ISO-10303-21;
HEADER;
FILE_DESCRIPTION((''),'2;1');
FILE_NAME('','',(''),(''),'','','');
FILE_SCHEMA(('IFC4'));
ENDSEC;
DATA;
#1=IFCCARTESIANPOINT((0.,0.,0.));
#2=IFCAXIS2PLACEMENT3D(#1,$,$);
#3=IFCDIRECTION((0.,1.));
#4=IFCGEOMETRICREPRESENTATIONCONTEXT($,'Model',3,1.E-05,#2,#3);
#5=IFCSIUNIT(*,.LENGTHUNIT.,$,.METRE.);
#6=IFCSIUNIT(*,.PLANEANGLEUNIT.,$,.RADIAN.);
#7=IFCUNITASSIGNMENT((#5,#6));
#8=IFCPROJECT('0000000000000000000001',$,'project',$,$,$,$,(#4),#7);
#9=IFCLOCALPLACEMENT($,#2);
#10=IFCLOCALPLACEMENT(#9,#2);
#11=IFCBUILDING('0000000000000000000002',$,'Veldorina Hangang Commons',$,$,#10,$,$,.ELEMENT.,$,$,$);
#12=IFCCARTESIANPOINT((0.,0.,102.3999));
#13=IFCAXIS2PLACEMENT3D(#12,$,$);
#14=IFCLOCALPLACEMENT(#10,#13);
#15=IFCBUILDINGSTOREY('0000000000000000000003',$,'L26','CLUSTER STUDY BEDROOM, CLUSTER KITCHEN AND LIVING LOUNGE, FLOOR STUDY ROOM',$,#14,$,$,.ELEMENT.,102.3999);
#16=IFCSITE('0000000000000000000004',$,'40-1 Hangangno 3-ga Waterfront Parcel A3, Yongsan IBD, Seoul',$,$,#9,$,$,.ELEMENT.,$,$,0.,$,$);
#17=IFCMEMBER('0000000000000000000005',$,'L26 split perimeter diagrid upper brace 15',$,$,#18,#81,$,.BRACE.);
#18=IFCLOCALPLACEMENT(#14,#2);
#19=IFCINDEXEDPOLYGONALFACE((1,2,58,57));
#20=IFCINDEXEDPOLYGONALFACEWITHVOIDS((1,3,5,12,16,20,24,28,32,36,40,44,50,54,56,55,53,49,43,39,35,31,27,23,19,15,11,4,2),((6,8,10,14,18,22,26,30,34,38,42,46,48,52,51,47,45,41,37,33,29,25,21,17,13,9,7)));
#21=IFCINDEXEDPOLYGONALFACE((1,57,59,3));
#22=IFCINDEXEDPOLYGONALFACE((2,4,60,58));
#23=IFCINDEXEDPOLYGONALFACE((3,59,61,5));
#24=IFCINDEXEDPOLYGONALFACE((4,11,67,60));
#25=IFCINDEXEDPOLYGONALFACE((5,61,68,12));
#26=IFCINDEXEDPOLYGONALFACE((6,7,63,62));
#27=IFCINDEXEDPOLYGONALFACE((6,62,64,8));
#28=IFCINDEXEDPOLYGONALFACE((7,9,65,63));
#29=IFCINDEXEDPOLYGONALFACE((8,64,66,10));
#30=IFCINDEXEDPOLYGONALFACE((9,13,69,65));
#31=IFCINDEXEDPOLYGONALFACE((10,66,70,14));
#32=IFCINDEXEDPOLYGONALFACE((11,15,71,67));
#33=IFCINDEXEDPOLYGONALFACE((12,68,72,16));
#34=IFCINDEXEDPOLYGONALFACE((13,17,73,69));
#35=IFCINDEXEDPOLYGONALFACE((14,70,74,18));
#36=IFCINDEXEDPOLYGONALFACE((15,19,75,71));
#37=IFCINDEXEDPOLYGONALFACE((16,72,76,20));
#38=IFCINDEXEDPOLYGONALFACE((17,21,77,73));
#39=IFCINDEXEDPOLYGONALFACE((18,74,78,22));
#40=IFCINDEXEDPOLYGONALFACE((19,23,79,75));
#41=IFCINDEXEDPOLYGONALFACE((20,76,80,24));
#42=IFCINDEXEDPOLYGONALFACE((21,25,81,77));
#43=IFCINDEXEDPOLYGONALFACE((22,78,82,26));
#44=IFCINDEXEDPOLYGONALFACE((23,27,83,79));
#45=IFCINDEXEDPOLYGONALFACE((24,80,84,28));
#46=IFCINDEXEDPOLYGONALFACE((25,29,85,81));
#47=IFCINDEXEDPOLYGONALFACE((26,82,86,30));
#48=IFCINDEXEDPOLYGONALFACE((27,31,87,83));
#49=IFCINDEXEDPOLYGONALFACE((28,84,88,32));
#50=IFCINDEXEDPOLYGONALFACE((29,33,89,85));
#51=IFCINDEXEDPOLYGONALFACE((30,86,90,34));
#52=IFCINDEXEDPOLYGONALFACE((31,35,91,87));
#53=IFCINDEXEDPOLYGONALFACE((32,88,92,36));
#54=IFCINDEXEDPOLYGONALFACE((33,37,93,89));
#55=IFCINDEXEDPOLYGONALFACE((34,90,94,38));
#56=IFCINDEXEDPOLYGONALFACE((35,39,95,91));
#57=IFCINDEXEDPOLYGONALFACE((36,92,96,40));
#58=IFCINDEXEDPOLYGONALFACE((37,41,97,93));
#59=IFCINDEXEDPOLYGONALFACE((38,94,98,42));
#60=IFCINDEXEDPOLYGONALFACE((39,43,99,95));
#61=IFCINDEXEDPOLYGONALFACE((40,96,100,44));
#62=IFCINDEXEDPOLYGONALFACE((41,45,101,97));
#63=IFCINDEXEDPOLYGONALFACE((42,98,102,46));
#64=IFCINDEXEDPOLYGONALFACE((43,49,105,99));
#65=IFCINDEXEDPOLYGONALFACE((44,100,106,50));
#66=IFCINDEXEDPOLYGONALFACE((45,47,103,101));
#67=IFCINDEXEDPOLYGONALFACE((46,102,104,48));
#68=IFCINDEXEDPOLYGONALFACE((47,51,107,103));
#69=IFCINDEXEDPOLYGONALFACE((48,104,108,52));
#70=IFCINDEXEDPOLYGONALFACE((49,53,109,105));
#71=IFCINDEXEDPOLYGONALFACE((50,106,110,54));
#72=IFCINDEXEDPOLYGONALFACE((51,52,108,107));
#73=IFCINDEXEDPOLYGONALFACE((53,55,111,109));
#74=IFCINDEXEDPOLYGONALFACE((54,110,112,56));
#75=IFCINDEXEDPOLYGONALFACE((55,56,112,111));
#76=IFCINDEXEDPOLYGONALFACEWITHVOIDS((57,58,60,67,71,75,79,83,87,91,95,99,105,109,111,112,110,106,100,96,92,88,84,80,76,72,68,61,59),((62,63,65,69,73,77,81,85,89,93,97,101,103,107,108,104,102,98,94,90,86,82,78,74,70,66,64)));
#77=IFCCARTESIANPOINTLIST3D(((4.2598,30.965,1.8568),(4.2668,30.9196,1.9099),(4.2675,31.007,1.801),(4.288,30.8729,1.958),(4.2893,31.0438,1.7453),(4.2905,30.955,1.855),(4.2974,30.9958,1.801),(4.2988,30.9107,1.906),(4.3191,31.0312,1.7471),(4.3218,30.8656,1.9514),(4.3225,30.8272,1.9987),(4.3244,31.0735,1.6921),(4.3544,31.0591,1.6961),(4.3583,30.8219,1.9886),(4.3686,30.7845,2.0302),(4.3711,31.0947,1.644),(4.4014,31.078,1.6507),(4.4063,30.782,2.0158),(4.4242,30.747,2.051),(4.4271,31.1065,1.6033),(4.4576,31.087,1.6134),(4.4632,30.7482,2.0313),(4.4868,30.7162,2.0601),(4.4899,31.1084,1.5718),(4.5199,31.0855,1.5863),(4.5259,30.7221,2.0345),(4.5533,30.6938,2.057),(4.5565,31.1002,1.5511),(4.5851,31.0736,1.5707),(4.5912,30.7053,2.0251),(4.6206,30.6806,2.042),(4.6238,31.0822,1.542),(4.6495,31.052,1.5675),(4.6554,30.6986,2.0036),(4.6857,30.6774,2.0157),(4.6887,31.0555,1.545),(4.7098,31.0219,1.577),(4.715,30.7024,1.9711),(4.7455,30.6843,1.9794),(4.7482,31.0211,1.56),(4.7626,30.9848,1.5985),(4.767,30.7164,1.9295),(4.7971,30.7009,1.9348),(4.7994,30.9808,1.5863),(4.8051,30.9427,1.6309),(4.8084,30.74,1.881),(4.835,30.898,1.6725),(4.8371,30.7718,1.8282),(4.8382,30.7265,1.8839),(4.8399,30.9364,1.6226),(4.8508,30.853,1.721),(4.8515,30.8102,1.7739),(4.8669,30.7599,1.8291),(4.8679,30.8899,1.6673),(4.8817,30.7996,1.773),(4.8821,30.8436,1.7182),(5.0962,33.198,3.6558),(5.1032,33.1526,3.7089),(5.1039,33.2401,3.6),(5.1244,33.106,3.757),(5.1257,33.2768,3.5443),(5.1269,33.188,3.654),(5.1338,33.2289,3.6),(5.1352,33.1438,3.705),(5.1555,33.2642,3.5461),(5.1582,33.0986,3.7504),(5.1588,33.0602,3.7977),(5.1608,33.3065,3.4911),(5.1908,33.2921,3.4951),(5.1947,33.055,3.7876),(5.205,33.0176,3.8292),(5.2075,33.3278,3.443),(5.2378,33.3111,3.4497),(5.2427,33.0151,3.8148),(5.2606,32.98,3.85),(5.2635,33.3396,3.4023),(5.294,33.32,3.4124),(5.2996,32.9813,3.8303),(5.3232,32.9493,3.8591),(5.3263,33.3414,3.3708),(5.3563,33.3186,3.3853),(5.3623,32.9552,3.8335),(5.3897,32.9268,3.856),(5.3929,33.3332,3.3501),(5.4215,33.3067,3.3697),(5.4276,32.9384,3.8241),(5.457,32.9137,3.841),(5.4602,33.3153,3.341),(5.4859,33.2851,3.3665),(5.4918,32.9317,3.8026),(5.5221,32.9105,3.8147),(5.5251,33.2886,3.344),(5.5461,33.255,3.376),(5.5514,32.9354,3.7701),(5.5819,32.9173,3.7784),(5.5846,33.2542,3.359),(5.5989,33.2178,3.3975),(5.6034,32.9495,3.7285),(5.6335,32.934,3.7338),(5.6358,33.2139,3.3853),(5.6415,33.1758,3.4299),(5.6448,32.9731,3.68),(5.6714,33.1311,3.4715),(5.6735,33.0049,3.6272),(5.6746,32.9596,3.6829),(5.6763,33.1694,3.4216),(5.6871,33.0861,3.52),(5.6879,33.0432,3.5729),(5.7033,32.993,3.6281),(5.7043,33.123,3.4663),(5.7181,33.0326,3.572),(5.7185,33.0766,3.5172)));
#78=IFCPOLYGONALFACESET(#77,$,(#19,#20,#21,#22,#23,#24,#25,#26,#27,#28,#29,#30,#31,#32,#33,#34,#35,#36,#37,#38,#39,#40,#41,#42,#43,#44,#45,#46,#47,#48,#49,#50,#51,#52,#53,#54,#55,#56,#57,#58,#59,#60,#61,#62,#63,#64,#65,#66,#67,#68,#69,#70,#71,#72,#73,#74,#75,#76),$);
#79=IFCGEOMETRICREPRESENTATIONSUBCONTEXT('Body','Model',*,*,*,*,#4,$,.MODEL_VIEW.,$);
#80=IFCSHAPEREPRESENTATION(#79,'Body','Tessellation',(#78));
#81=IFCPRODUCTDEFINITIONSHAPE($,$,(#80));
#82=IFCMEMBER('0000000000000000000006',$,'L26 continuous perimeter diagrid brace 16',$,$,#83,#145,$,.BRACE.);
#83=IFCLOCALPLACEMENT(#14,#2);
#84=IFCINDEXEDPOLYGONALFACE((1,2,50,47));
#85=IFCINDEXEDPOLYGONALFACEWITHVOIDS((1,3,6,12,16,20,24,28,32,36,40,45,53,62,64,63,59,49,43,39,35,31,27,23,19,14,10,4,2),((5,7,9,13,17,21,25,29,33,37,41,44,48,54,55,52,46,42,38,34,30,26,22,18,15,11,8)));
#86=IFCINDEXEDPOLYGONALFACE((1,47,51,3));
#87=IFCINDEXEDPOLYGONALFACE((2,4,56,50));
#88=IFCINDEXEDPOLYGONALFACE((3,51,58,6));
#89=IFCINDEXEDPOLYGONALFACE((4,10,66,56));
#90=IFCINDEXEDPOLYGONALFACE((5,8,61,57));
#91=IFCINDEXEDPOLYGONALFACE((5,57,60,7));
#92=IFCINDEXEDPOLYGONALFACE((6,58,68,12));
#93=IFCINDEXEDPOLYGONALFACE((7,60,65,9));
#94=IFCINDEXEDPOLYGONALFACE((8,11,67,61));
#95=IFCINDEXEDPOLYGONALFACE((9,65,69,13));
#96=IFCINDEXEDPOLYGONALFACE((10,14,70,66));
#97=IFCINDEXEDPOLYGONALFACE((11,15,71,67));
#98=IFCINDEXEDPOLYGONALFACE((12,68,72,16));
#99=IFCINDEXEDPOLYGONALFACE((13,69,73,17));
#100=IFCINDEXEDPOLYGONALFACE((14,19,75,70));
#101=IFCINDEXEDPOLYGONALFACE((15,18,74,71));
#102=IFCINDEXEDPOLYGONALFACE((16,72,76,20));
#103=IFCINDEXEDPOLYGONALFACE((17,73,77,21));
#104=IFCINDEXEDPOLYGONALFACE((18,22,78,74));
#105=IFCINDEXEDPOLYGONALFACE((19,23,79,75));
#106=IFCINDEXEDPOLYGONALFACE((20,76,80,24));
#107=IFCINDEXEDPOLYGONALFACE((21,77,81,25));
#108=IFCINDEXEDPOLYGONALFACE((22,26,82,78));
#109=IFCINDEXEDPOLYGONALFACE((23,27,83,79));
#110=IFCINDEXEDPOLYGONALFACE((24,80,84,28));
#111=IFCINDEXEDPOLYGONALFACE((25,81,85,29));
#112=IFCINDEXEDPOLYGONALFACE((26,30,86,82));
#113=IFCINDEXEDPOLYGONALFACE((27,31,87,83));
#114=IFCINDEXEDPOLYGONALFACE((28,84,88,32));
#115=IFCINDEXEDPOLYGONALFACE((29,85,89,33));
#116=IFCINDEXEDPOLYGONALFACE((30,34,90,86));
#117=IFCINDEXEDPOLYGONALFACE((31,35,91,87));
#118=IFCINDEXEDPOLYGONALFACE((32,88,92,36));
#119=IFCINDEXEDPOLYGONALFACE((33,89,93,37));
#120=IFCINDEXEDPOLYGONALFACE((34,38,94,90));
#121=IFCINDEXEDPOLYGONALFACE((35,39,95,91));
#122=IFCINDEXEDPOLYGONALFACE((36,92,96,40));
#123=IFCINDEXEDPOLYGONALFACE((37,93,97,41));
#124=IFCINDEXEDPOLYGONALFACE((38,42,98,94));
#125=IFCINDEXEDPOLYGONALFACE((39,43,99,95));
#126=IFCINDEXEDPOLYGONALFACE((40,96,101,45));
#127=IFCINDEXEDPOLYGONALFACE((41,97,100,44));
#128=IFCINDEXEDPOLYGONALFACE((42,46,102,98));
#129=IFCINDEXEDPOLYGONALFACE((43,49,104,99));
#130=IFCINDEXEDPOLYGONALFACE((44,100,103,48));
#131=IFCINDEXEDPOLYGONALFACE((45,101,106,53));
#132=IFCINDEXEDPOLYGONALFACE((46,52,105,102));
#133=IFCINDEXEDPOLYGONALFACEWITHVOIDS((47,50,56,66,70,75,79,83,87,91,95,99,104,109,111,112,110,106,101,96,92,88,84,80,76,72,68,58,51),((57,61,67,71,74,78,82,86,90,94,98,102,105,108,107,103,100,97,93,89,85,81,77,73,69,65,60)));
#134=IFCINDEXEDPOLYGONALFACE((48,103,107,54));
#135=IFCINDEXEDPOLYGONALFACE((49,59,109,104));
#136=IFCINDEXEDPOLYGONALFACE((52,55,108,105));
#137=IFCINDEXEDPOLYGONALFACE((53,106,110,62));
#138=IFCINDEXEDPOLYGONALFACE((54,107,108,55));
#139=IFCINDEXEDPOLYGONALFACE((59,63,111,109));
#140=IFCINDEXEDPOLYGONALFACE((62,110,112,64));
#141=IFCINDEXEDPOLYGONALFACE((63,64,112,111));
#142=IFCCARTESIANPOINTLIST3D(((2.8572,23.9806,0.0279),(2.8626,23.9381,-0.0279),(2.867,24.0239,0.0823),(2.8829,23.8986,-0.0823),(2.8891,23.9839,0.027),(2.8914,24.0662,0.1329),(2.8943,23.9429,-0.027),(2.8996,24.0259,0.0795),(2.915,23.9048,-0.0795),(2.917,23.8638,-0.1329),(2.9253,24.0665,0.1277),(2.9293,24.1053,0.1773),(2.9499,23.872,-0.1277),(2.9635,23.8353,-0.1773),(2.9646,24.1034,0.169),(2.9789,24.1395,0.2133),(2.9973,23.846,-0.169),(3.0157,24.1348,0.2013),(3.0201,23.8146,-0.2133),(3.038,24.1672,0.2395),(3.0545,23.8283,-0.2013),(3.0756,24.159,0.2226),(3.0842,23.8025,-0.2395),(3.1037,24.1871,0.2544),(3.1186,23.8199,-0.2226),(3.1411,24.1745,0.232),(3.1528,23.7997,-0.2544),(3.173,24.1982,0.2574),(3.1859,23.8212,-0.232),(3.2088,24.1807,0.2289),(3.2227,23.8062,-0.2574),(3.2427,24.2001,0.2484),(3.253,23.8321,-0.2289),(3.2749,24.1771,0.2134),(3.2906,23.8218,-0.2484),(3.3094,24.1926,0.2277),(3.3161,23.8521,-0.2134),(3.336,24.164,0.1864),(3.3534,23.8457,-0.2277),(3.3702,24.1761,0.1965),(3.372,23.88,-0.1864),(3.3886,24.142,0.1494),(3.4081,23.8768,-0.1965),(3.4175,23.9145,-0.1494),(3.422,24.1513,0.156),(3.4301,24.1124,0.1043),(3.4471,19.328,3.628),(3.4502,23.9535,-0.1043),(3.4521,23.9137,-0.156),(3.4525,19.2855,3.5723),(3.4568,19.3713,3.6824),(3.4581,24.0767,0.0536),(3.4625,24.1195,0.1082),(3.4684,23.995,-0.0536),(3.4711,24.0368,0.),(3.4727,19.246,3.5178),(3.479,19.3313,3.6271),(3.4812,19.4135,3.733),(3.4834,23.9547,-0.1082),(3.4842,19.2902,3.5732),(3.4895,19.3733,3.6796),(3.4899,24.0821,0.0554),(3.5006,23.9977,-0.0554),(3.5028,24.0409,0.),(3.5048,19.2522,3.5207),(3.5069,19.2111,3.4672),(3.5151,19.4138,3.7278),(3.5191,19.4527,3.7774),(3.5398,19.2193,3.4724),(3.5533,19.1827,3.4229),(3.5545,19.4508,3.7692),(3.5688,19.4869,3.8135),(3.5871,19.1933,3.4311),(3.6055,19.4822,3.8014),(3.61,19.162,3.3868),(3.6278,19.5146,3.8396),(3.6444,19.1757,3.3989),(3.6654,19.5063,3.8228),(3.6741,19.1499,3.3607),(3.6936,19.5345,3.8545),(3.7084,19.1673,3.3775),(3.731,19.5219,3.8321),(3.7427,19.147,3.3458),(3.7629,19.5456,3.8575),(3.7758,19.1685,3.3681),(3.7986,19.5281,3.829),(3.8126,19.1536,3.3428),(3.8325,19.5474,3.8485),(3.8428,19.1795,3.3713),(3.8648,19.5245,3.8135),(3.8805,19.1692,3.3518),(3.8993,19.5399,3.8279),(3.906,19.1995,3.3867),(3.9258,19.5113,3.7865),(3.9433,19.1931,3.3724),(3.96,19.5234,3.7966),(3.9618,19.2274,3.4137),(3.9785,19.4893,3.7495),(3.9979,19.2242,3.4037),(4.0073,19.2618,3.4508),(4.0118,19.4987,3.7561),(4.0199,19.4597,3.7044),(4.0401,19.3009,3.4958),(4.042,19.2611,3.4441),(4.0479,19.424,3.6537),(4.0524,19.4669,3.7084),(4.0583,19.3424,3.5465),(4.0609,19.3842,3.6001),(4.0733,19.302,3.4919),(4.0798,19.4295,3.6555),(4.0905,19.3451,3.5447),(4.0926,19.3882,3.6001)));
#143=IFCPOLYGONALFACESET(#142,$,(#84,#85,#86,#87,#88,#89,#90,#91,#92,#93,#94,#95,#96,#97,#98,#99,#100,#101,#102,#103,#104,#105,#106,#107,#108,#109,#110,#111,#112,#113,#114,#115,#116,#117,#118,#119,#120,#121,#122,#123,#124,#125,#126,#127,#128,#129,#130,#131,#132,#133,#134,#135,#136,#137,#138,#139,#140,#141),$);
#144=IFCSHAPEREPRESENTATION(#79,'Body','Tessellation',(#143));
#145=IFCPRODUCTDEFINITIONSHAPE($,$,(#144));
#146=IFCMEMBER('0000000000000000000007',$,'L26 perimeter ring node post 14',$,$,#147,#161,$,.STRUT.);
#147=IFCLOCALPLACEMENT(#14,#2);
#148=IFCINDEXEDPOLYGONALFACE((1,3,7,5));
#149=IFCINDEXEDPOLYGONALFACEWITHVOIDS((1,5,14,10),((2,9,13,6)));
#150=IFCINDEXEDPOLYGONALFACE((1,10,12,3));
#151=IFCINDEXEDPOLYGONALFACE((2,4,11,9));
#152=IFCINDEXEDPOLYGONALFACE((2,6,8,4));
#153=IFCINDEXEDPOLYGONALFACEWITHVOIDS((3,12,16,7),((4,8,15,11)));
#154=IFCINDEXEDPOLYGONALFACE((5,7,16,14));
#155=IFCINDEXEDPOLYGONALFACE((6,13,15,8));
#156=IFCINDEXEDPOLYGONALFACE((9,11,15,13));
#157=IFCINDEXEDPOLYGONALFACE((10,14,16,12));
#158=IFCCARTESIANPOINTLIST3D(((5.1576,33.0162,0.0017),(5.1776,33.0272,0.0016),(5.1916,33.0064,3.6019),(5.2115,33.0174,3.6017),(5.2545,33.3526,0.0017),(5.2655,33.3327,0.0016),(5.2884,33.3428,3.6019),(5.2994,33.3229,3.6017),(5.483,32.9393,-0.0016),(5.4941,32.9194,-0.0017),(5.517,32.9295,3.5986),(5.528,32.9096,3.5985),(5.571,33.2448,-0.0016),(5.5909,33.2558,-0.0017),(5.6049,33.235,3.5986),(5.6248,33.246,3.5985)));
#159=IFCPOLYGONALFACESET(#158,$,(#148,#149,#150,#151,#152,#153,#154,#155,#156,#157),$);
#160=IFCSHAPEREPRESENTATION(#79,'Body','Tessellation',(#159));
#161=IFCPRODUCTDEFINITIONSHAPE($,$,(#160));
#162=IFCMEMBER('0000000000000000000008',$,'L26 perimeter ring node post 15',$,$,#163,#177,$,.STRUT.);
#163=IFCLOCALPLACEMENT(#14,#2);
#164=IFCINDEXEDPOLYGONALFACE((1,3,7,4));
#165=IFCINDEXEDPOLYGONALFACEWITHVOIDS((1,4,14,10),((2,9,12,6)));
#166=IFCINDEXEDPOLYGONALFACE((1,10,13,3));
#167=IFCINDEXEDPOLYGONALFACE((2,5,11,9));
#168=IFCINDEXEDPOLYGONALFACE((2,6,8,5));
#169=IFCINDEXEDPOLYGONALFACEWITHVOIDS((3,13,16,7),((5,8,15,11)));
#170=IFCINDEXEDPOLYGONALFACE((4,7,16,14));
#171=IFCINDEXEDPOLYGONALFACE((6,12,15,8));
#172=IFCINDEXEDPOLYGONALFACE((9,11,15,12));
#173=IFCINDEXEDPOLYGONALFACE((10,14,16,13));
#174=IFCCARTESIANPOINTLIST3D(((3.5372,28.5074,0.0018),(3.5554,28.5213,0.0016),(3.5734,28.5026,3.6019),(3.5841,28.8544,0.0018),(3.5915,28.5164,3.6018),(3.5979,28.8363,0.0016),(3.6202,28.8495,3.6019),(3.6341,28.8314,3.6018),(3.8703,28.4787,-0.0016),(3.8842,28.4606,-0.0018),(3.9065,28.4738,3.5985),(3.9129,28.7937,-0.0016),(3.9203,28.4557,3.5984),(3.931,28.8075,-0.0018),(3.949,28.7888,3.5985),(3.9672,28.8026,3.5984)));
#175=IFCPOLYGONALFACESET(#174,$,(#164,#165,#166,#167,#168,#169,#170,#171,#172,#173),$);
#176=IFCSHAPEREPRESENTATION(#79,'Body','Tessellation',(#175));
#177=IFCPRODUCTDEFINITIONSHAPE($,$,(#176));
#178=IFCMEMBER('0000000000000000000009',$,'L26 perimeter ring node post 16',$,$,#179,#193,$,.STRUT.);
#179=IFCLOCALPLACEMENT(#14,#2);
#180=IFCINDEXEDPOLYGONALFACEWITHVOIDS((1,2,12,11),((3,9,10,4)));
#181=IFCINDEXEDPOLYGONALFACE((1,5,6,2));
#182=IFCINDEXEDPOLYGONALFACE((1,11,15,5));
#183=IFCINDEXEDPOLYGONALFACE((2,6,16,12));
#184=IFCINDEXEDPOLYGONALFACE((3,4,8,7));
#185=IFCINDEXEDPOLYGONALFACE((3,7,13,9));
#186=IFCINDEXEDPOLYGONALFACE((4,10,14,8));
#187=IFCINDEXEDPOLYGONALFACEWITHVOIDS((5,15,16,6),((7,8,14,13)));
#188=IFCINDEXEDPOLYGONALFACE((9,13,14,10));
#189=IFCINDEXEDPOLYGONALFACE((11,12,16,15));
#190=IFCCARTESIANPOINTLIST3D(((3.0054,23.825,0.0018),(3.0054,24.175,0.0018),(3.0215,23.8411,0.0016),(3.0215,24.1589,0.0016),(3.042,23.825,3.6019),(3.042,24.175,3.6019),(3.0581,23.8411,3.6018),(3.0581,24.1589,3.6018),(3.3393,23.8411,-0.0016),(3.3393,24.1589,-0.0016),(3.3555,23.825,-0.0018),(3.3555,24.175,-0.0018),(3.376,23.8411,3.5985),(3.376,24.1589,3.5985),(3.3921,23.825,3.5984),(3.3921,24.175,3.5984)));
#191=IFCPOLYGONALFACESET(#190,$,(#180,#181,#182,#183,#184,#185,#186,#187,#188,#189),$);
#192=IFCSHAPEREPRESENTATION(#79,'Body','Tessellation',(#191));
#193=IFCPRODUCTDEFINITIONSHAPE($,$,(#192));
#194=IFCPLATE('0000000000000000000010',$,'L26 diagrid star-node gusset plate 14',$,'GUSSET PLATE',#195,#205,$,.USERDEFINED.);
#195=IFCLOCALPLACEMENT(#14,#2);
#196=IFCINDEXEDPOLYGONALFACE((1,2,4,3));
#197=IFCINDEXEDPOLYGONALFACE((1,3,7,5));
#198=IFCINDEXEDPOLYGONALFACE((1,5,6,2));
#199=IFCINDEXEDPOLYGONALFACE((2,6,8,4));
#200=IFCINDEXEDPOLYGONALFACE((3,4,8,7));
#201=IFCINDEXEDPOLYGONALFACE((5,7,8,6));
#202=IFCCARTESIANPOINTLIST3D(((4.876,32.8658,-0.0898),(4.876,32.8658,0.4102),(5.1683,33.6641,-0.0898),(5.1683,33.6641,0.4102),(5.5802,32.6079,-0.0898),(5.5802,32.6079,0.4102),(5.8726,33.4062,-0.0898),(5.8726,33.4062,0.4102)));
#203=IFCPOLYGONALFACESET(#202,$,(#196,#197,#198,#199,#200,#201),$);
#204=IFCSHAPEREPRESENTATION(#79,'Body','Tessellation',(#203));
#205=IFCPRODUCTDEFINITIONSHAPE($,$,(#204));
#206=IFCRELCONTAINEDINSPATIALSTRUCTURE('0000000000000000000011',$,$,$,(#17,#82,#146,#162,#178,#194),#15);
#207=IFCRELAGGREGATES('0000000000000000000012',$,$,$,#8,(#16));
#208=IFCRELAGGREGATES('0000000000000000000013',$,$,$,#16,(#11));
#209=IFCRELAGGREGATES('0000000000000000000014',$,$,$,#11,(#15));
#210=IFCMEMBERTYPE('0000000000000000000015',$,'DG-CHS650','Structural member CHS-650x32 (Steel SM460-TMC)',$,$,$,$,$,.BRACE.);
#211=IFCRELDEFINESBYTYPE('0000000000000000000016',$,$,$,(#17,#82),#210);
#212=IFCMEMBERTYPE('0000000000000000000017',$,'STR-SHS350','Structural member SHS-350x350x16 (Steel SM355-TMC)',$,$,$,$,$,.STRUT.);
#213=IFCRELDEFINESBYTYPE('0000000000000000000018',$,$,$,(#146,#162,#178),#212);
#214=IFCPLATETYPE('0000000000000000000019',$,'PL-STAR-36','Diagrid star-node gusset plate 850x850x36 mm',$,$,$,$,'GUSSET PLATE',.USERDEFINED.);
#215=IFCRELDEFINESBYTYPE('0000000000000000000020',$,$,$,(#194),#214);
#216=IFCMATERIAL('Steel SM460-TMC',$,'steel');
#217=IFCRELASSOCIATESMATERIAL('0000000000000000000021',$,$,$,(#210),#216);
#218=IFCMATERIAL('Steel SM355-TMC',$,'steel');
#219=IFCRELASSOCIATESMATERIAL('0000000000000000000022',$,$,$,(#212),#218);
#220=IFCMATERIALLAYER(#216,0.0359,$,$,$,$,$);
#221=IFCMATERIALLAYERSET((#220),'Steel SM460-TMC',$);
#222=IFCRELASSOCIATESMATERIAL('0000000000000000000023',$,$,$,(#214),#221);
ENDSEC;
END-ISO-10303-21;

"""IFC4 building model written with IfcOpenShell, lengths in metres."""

from ifc_helpers import new_model, si_unit, direction, frame, origin, origin_2d, place, context, subcontext, project, spatial, rectangle, hollow_rectangle, hollow_circle, extrude, material, layer, layer_set, material_profile, profile_set, type_object, element, save


model = new_model("IFC4")

# Units and contexts
model_context = context("Model", 3, precision=1e-05, world=origin(), true_north=direction((0.0, 1.0)))
body_context = subcontext(model_context, "Body", "Model", "MODEL_VIEW")
ifc_project = project(units=[si_unit("LENGTHUNIT", "METRE"), si_unit("PLANEANGLEUNIT", "RADIAN")], contexts=[model_context])

# Site, building, storey
site_placement = place(None, origin())
site = spatial("IfcSite", under=ifc_project, at=site_placement, Name="40-1 Hangangno 3-ga Waterfront Parcel A3, Yongsan IBD, Seoul", CompositionType="ELEMENT", RefElevation=0.0)
building_placement = place(site_placement, origin())
building = spatial("IfcBuilding", under=site, at=building_placement, Name="Veldorina Hangang Commons", CompositionType="ELEMENT")
storey_placement = place(building_placement, frame((0.0, 0.0, 102.3999)))
storey = spatial("IfcBuildingStorey", under=building, at=storey_placement, Name="L26", Description="CLUSTER STUDY BEDROOM, CLUSTER KITCHEN AND LIVING LOUNGE, FLOOR STUDY ROOM", CompositionType="ELEMENT", Elevation=102.3999)

# Shared definitions
ifc_material_1 = material(Name="Steel SM355-TMC", Category="steel")

# Members
ifc_material_2 = material(Name="Steel SM460-TMC", Category="steel")
ifc_material_profile_1 = material_profile(ifc_material_2, hollow_circle(Radius=0.325, WallThickness=0.032, at=origin_2d()), Name="CHS-650x32")
ifc_profile_set_1 = profile_set([ifc_material_profile_1], Name="Steel SM460-TMC")
member_type_1 = type_object("IfcMemberType", Name="DG-CHS650", Description="Structural member CHS-650x32 (Steel SM460-TMC)", PredefinedType="BRACE", material=ifc_profile_set_1)
member_1_placement = place(storey_placement, frame((4.5718, 30.8931, 1.801), z_axis=(0.280005, 0.747579, 0.602264), x_axis=(-0.936468, 0.350753, 0.0)))
element("IfcMember", 1, at=member_1_placement, inside=storey, type_object=member_type_1, Name="L26 split perimeter diagrid upper brace 15", PredefinedType="BRACE", context=body_context, shape_type="SweptSolid", body=[
    extrude(hollow_circle(Radius=0.325, WallThickness=0.032, at=origin_2d()), origin(), (0.0, 0.0, 1.0), 2.9871),
])
member_2_placement = place(storey_placement, frame((3.1804, 24.0, 0.0), z_axis=(0.099766, -0.786935, 0.608917), x_axis=(0.992059, 0.125771, 0.0)))
element("IfcMember", 2, at=member_2_placement, inside=storey, type_object=member_type_1, Name="L26 continuous perimeter diagrid brace 16", PredefinedType="BRACE", context=body_context, shape_type="SweptSolid", body=[
    extrude(hollow_circle(Radius=0.325, WallThickness=0.032, at=origin_2d()), origin(), (0.0, 0.0, 1.0), 5.9124),
])
ifc_material_profile_2 = material_profile(ifc_material_1, hollow_rectangle(XDim=0.3501, YDim=0.3501, WallThickness=0.0161, at=origin_2d()), Name="SHS-350x350x16")
ifc_profile_set_2 = profile_set([ifc_material_profile_2], Name="Steel SM355-TMC")
member_type_2 = type_object("IfcMemberType", Name="STR-SHS350", Description="Structural member SHS-350x350x16 (Steel SM355-TMC)", PredefinedType="STRUT", material=ifc_profile_set_2)
for number, where, z_axis, x_axis, name in (
    (3, (5.3743, 33.136, 0.0), (0.009426, -0.002712, 0.999952), (0.276547, 0.961, 0.0), "L26 perimeter ring node post 14"),
    (4, (3.7341, 28.6575, 0.0), (0.010036, -0.001356, 0.999949), (0.133918, 0.990992, 0.0), "L26 perimeter ring node post 15"),
    (5, (3.1804, 24.0, 0.0), (0.010172, 0.0, 0.999948), (0.0, 1.0, 0.0), "L26 perimeter ring node post 16"),
):
    element("IfcMember", number, at=place(storey_placement, frame(where, z_axis=z_axis, x_axis=x_axis)), inside=storey, type_object=member_type_2, Name=name, PredefinedType="STRUT", context=body_context, shape_type="SweptSolid", body=[
        extrude(hollow_rectangle(XDim=0.3501, YDim=0.3501, WallThickness=0.0161, at=origin_2d()), origin(), (0.0, 0.0, 1.0), 3.6003),
    ])

# Plate
ifc_layer_1 = layer(ifc_material_2, 0.0359)
ifc_layer_set_1 = layer_set([ifc_layer_1], Name="Steel SM460-TMC")
plate_type = type_object("IfcPlateType", Name="PL-STAR-36", Description="Diagrid star-node gusset plate 850x850x36 mm", ElementType="GUSSET PLATE", PredefinedType="USERDEFINED", material=ifc_layer_set_1)
plate_1_placement = place(storey_placement, frame((5.3743, 33.136, -0.0898), z_axis=(0.0, 0.0, 1.0), x_axis=(-0.343856, -0.939022, 0.0)))
element("IfcPlate", 6, at=plate_1_placement, inside=storey, type_object=plate_type, Name="L26 diagrid star-node gusset plate 14", ObjectType="GUSSET PLATE", PredefinedType="USERDEFINED", context=body_context, shape_type="SweptSolid", body=[
    extrude(rectangle(XDim=0.8501, YDim=0.75, at=origin_2d()), origin(), (0.0, 0.0, 1.0), 0.5),
])

save(model, "model.ifc")
